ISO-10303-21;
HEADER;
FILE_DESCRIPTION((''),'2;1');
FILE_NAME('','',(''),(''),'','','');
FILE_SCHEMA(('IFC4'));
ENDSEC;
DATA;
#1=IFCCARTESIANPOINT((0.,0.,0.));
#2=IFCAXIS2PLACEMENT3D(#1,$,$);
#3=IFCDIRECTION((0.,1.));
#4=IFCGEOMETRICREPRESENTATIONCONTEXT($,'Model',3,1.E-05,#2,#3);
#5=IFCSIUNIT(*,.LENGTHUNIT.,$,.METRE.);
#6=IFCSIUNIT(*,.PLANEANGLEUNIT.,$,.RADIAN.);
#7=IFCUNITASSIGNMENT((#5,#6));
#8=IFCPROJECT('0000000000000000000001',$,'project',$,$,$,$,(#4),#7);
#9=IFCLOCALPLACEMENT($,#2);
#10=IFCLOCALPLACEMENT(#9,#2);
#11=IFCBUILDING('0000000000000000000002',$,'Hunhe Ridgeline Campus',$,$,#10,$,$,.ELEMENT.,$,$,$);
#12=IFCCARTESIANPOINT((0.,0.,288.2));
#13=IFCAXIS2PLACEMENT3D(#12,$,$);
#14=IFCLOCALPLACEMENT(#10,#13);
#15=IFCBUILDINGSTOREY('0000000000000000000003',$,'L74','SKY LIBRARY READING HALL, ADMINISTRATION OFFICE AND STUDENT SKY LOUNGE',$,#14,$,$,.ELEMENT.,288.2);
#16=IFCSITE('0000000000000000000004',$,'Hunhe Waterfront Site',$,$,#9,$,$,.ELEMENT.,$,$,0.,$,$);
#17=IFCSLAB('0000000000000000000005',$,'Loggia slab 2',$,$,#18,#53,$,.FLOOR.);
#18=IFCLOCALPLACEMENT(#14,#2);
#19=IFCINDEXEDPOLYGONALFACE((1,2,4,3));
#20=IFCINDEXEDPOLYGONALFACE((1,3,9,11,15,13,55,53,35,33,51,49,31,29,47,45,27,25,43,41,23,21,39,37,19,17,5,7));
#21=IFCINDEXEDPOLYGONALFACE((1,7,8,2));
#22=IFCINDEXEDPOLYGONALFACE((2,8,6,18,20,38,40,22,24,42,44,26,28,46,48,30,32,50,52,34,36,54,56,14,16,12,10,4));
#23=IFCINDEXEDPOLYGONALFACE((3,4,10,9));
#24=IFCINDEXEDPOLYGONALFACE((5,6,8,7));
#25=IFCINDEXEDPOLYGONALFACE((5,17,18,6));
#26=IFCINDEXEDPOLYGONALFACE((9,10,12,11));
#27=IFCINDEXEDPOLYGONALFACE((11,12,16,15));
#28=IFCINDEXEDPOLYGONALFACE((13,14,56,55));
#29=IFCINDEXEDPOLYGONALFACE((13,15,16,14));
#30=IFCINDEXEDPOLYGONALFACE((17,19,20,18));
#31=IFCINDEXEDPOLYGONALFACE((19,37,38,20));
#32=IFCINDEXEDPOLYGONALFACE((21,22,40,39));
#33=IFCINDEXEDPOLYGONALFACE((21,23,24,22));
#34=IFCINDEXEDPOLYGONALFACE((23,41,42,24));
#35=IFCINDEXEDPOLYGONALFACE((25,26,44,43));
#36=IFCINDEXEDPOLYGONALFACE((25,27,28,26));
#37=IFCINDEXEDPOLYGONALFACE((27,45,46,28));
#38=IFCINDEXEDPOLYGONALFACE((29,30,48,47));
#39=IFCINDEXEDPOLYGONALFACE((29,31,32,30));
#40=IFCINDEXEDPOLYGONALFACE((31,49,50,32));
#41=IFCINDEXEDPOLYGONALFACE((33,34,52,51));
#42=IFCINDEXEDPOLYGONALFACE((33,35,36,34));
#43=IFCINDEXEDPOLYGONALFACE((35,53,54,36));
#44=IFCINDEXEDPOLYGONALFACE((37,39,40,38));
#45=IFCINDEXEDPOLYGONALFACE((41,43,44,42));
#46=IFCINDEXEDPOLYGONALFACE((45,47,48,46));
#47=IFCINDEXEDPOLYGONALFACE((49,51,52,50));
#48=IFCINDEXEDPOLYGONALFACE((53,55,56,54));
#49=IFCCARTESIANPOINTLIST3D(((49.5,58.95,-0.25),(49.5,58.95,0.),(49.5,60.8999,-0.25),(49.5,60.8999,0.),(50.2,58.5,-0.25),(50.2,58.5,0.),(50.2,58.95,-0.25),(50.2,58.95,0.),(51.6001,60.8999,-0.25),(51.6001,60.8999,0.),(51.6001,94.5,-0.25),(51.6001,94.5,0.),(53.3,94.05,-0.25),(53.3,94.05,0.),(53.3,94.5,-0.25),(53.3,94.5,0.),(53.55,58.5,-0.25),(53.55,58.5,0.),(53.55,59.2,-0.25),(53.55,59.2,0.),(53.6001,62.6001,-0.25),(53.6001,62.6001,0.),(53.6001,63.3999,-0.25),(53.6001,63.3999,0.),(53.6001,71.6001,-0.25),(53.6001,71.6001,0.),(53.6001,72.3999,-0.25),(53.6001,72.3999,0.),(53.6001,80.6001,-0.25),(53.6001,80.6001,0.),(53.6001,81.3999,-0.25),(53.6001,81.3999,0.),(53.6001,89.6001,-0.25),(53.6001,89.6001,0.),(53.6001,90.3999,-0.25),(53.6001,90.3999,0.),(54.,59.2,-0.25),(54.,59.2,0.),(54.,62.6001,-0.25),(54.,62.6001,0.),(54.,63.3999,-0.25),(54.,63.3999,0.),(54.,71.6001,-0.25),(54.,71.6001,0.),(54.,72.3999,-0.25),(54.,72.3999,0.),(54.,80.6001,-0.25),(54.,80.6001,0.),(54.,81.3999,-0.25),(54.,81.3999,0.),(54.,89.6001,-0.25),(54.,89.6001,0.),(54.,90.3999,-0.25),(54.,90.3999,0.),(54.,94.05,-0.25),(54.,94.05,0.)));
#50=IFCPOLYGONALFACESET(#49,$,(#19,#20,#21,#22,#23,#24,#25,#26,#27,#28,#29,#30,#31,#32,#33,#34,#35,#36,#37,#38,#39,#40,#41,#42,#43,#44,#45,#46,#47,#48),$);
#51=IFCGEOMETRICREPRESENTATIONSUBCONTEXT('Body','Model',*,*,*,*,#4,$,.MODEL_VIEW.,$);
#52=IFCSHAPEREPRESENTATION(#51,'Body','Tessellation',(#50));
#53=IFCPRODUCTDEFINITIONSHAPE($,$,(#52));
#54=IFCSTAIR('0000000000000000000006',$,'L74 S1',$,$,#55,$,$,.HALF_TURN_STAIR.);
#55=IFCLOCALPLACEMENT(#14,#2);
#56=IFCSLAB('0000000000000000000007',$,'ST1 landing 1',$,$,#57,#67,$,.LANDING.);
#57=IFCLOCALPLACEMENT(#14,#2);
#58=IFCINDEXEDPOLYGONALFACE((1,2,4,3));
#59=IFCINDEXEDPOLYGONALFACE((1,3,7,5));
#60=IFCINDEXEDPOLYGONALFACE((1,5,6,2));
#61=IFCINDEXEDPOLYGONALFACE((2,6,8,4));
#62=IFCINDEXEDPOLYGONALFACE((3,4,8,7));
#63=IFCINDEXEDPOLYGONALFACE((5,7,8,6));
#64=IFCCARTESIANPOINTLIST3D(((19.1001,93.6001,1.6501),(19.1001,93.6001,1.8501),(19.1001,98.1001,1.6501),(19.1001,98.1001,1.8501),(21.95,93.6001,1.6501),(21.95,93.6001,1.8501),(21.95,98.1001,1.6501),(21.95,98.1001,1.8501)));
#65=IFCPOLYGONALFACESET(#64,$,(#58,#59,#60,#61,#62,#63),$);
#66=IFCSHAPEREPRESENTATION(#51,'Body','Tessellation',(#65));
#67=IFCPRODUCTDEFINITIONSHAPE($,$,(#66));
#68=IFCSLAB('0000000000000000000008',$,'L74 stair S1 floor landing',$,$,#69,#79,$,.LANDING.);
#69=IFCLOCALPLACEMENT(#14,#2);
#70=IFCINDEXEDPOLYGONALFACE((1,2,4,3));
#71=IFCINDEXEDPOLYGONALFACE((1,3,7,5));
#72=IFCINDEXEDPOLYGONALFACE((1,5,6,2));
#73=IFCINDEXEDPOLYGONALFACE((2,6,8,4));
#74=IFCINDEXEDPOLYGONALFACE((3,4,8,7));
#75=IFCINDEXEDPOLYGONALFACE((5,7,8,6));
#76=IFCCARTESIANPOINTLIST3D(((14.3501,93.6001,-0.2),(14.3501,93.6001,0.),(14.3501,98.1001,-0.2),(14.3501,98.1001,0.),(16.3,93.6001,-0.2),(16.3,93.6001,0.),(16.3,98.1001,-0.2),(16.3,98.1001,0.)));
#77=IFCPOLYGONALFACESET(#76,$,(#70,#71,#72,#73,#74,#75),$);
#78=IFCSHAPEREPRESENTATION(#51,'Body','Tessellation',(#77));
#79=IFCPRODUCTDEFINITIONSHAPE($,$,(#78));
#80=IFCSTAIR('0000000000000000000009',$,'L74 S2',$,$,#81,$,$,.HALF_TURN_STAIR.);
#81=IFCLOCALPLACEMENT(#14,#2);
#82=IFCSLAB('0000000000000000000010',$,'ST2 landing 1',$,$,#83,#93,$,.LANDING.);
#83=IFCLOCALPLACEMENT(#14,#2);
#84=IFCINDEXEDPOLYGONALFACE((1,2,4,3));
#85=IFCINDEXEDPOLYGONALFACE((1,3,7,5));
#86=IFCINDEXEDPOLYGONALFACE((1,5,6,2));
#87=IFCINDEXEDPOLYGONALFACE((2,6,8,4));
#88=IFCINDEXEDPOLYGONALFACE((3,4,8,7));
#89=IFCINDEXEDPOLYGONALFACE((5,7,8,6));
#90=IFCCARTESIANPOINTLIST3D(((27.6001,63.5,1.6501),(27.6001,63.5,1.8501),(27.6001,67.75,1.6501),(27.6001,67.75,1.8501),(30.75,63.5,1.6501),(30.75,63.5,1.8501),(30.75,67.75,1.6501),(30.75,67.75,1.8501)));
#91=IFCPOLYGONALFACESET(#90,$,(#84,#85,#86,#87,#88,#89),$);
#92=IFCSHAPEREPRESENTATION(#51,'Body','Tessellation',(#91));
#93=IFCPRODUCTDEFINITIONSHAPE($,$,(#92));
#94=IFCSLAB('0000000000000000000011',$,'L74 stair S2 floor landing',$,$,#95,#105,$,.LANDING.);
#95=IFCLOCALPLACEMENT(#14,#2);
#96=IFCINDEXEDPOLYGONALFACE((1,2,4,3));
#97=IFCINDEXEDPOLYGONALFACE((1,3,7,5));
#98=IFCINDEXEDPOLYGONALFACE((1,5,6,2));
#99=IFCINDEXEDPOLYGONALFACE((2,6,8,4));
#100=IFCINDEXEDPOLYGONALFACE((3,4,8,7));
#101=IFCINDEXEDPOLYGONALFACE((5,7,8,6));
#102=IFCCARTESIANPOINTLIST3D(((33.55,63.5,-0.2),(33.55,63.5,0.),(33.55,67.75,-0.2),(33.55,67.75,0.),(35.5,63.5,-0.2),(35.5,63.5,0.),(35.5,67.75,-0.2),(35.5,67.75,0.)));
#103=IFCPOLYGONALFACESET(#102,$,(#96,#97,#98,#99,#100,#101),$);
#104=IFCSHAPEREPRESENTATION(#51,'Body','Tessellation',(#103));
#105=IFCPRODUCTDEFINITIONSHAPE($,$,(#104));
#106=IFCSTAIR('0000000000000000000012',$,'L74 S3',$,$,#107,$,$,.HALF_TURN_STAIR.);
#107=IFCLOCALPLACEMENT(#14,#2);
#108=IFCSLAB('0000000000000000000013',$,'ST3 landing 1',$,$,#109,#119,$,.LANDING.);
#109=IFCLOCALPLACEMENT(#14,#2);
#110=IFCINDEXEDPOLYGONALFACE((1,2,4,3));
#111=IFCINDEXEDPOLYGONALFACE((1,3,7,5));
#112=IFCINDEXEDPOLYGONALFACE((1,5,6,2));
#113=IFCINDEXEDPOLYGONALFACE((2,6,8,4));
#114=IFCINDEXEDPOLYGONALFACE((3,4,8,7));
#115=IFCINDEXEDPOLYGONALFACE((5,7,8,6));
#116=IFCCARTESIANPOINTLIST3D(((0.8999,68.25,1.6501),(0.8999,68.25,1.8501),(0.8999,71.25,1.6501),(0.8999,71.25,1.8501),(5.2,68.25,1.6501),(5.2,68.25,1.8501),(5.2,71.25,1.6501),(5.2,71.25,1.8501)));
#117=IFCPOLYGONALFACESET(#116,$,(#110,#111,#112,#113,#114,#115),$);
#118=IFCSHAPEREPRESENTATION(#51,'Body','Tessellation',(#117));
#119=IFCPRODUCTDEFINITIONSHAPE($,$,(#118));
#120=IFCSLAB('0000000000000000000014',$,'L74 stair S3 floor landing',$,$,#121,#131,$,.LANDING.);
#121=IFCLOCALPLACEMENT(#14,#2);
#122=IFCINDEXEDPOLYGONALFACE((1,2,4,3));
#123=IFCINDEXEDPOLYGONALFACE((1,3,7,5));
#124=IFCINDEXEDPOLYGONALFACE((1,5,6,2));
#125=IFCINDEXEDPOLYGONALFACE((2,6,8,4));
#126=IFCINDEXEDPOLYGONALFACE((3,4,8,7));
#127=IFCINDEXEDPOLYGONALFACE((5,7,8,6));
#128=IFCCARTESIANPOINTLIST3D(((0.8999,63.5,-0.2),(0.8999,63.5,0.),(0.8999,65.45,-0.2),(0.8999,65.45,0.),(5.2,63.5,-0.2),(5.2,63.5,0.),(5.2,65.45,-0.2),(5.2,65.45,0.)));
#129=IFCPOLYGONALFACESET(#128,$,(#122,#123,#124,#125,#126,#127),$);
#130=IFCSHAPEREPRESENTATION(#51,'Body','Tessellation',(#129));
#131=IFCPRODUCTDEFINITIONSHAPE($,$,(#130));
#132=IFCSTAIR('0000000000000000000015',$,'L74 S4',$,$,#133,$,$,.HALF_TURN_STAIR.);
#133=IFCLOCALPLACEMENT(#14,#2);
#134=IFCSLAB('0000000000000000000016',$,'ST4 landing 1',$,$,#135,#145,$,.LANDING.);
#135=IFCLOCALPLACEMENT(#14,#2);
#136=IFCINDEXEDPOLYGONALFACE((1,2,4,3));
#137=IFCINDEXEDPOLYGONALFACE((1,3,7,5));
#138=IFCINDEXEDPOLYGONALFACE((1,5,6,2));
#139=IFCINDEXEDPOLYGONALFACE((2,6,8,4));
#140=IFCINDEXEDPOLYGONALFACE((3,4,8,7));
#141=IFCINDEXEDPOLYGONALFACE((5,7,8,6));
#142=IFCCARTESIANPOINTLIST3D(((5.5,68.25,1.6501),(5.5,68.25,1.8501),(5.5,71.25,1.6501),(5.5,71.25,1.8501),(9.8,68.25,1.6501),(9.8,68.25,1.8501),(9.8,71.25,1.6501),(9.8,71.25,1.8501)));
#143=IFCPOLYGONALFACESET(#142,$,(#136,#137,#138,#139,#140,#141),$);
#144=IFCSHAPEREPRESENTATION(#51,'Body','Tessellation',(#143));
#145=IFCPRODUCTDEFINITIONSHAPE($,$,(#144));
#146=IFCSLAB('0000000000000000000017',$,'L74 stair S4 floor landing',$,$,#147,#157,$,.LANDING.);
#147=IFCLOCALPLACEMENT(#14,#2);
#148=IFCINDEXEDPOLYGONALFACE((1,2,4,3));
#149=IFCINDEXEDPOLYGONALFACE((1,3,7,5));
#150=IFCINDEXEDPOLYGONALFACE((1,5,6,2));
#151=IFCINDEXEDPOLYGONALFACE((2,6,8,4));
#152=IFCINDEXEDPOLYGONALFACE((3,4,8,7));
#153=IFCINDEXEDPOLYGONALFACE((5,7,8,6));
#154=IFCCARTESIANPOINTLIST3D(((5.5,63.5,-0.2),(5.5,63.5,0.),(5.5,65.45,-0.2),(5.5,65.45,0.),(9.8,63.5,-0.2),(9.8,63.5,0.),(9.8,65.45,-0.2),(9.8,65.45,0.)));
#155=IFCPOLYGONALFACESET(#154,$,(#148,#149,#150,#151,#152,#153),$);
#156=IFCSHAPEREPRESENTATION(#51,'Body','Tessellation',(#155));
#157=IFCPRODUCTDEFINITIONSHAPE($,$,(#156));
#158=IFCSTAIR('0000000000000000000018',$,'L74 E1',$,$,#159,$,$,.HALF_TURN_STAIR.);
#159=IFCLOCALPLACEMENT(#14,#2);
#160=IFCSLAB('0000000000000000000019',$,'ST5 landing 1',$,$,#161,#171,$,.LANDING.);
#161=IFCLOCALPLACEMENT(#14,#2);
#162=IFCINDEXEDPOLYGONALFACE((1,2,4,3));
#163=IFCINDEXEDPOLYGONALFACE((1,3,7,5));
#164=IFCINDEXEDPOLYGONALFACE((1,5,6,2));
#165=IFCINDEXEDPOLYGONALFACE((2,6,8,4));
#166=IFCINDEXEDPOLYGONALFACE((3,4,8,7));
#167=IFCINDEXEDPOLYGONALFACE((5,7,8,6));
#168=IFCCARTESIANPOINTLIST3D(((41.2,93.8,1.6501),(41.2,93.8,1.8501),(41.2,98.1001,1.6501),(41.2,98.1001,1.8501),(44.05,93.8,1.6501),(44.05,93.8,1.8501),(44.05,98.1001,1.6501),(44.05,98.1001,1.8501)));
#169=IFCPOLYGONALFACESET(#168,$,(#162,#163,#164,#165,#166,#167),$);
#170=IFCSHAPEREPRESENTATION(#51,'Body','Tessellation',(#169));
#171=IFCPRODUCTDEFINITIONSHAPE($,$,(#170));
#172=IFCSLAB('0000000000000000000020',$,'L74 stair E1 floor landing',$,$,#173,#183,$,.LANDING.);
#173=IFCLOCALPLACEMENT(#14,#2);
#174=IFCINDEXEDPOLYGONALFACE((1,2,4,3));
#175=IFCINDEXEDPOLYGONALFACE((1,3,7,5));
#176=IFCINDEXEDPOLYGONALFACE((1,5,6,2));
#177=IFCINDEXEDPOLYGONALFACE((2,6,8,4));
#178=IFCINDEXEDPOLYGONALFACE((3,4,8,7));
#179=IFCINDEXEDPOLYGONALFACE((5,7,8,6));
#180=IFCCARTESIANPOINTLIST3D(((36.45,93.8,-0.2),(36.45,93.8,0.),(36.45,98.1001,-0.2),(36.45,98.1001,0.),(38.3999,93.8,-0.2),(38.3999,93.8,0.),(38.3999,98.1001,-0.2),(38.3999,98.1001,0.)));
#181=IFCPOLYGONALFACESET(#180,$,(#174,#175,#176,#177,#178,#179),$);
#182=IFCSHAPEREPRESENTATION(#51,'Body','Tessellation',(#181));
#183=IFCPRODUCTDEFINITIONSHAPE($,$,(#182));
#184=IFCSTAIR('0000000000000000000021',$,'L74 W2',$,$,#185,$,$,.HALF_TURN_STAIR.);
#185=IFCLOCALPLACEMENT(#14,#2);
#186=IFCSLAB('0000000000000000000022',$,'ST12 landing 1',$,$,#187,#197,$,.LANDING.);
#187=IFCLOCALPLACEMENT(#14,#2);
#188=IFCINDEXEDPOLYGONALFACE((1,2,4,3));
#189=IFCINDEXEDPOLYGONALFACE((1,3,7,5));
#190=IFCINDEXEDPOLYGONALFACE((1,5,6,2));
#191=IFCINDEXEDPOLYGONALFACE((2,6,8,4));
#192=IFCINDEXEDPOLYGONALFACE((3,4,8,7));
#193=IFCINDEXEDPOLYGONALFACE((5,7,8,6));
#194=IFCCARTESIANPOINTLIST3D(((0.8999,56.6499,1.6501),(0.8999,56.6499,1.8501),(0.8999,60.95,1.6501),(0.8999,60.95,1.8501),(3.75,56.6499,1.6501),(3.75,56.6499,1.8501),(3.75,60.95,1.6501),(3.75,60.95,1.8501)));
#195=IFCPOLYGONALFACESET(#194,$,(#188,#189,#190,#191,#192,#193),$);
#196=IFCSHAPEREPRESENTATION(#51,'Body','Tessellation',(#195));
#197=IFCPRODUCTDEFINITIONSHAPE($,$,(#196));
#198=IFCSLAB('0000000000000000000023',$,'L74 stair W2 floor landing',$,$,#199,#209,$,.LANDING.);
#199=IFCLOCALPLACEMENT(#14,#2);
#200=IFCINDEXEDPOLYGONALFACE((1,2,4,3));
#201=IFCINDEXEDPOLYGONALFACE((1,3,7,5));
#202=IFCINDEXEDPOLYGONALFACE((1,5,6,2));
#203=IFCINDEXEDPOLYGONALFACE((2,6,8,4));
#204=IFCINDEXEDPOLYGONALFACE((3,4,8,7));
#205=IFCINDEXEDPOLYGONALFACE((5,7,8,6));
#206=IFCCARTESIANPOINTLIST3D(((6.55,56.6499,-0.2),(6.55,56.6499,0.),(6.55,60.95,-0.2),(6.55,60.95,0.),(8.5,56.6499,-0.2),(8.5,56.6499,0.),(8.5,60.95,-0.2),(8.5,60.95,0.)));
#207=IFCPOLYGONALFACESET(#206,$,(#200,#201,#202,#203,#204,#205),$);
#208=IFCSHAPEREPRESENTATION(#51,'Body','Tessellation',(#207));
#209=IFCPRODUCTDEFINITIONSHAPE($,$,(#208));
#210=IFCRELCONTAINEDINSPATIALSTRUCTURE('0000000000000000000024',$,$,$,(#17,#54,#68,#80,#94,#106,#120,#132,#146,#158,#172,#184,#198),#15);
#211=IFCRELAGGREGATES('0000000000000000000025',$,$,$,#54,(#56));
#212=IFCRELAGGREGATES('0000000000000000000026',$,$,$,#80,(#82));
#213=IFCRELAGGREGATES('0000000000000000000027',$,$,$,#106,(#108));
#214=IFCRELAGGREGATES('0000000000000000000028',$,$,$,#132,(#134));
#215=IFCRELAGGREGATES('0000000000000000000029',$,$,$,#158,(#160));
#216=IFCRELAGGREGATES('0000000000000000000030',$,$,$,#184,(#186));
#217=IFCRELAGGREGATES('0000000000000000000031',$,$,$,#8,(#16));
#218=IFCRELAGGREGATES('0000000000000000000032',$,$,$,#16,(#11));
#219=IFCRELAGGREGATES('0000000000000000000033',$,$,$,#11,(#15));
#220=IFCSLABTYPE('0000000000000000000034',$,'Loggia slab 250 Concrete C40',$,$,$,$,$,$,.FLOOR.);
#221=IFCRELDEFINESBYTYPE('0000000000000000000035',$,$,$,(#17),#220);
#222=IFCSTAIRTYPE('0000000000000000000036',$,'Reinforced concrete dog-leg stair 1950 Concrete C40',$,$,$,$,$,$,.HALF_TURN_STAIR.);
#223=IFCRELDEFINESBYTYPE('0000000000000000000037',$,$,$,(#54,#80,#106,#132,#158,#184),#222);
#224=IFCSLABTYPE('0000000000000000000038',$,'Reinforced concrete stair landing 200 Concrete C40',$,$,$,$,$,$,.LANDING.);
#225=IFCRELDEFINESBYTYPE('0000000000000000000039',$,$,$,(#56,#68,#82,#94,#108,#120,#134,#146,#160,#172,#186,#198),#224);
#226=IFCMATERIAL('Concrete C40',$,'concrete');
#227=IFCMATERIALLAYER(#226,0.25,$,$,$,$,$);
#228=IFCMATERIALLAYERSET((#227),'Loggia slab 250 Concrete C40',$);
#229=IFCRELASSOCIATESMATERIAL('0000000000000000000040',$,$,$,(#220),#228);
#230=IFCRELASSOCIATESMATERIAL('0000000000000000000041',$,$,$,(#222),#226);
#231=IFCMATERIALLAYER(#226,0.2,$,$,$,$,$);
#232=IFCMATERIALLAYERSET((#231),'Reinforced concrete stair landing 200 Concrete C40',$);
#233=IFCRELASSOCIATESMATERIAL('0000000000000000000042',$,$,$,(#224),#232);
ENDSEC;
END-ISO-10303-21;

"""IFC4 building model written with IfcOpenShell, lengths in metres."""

from ifc_helpers import new_model, si_unit, direction, frame, origin, place, context, subcontext, project, spatial, polyline, outline, extrude, material, layer, layer_set, type_object, element, aggregate, save


model = new_model("IFC4")

# Units and contexts
model_context = context("Model", 3, precision=1e-05, world=origin(), true_north=direction((0.0, 1.0)))
body_context = subcontext(model_context, "Body", "Model", "MODEL_VIEW")
ifc_project = project(units=[si_unit("LENGTHUNIT", "METRE"), si_unit("PLANEANGLEUNIT", "RADIAN")], contexts=[model_context])

# Site, building, storey
site_placement = place(None, origin())
site = spatial("IfcSite", under=ifc_project, at=site_placement, Name="Hunhe Waterfront Site", CompositionType="ELEMENT", RefElevation=0.0)
building_placement = place(site_placement, origin())
building = spatial("IfcBuilding", under=site, at=building_placement, Name="Hunhe Ridgeline Campus", CompositionType="ELEMENT")
storey_placement = place(building_placement, frame((0.0, 0.0, 288.2)))
storey = spatial("IfcBuildingStorey", under=building, at=storey_placement, Name="L74", Description="SKY LIBRARY READING HALL, ADMINISTRATION OFFICE AND STUDENT SKY LOUNGE", CompositionType="ELEMENT", Elevation=288.2)

# Slab
ifc_material_1 = material(Name="Concrete C40", Category="concrete")
ifc_layer_1 = layer(ifc_material_1, 0.25)
ifc_layer_set_1 = layer_set([ifc_layer_1], Name="Loggia slab 250 Concrete C40")
slab_type_1 = type_object("IfcSlabType", Name="Loggia slab 250 Concrete C40", PredefinedType="FLOOR", material=ifc_layer_set_1)
slab_1_placement = place(storey_placement, frame((0.0, 0.0, -0.25)))
element("IfcSlab", 1, at=slab_1_placement, inside=storey, type_object=slab_type_1, Name="Loggia slab 2", PredefinedType="FLOOR", context=body_context, shape_type="SweptSolid", body=[
    extrude(outline(polyline([(49.5, 58.95), (50.2, 58.95), (50.2, 58.5), (53.55, 58.5), (53.55, 59.2), (54.0, 59.2), (54.0, 62.6001), (53.6001, 62.6001), (53.6001, 63.3999), (54.0, 63.3999), (54.0, 71.6001), (53.6001, 71.6001), (53.6001, 72.3999), (54.0, 72.3999), (54.0, 80.6001), (53.6001, 80.6001), (53.6001, 81.3999), (54.0, 81.3999), (54.0, 89.6001), (53.6001, 89.6001), (53.6001, 90.3999), (54.0, 90.3999), (54.0, 94.05), (53.3, 94.05), (53.3, 94.5), (51.6001, 94.5), (51.6001, 60.8999), (49.5, 60.8999), (49.5, 58.95)])), origin(), (0.0, 0.0, 1.0), 0.25),
])

# Stair, slab
stair_type = type_object("IfcStairType", Name="Reinforced concrete dog-leg stair 1950 Concrete C40", PredefinedType="HALF_TURN_STAIR", material=ifc_material_1)
stair_1_placement = place(storey_placement, origin())
stair_1 = element("IfcStair", 2, at=stair_1_placement, inside=storey, type_object=stair_type, Name="L74 S1", PredefinedType="HALF_TURN_STAIR")
ifc_layer_2 = layer(ifc_material_1, 0.2)
ifc_layer_set_2 = layer_set([ifc_layer_2], Name="Reinforced concrete stair landing 200 Concrete C40")
slab_type_2 = type_object("IfcSlabType", Name="Reinforced concrete stair landing 200 Concrete C40", PredefinedType="LANDING", material=ifc_layer_set_2)
slab_2_placement = place(storey_placement, frame((0.0, 0.0, 1.6501)))
slab_2 = element("IfcSlab", 3, at=slab_2_placement, type_object=slab_type_2, Name="ST1 landing 1", PredefinedType="LANDING", context=body_context, shape_type="SweptSolid", body=[
    extrude(outline(polyline([(19.1001, 93.6001), (21.95, 93.6001), (21.95, 98.1001), (19.1001, 98.1001), (19.1001, 93.6001)])), origin(), (0.0, 0.0, 1.0), 0.2),
])
aggregate(stair_1, [slab_2])

# Slab
slab_3_placement = place(storey_placement, frame((0.0, 0.0, -0.2)))
element("IfcSlab", 4, at=slab_3_placement, inside=storey, type_object=slab_type_2, Name="L74 stair S1 floor landing", PredefinedType="LANDING", context=body_context, shape_type="SweptSolid", body=[
    extrude(outline(polyline([(14.3501, 93.6001), (16.3, 93.6001), (16.3, 98.1001), (14.3501, 98.1001), (14.3501, 93.6001)])), origin(), (0.0, 0.0, 1.0), 0.2),
])

# Stair, slab
stair_2_placement = place(storey_placement, origin())
stair_2 = element("IfcStair", 5, at=stair_2_placement, inside=storey, type_object=stair_type, Name="L74 S2", PredefinedType="HALF_TURN_STAIR")
slab_4_placement = place(storey_placement, frame((0.0, 0.0, 1.6501)))
slab_4 = element("IfcSlab", 6, at=slab_4_placement, type_object=slab_type_2, Name="ST2 landing 1", PredefinedType="LANDING", context=body_context, shape_type="SweptSolid", body=[
    extrude(outline(polyline([(30.75, 67.75), (27.6001, 67.75), (27.6001, 63.5), (30.75, 63.5), (30.75, 67.75)])), origin(), (0.0, 0.0, 1.0), 0.2),
])
aggregate(stair_2, [slab_4])

# Slab
slab_5_placement = place(storey_placement, frame((0.0, 0.0, -0.2)))
element("IfcSlab", 7, at=slab_5_placement, inside=storey, type_object=slab_type_2, Name="L74 stair S2 floor landing", PredefinedType="LANDING", context=body_context, shape_type="SweptSolid", body=[
    extrude(outline(polyline([(35.5, 67.75), (33.55, 67.75), (33.55, 63.5), (35.5, 63.5), (35.5, 67.75)])), origin(), (0.0, 0.0, 1.0), 0.2),
])

# Stair, slab
stair_3_placement = place(storey_placement, origin())
stair_3 = element("IfcStair", 8, at=stair_3_placement, inside=storey, type_object=stair_type, Name="L74 S3", PredefinedType="HALF_TURN_STAIR")
slab_6_placement = place(storey_placement, frame((0.0, 0.0, 1.6501)))
slab_6 = element("IfcSlab", 9, at=slab_6_placement, type_object=slab_type_2, Name="ST3 landing 1", PredefinedType="LANDING", context=body_context, shape_type="SweptSolid", body=[
    extrude(outline(polyline([(5.2, 68.25), (5.2, 71.25), (0.8999, 71.25), (0.8999, 68.25), (5.2, 68.25)])), origin(), (0.0, 0.0, 1.0), 0.2),
])
aggregate(stair_3, [slab_6])

# Slab
slab_7_placement = place(storey_placement, frame((0.0, 0.0, -0.2)))
element("IfcSlab", 10, at=slab_7_placement, inside=storey, type_object=slab_type_2, Name="L74 stair S3 floor landing", PredefinedType="LANDING", context=body_context, shape_type="SweptSolid", body=[
    extrude(outline(polyline([(5.2, 63.5), (5.2, 65.45), (0.8999, 65.45), (0.8999, 63.5), (5.2, 63.5)])), origin(), (0.0, 0.0, 1.0), 0.2),
])

# Stair, slab
stair_4_placement = place(storey_placement, origin())
stair_4 = element("IfcStair", 11, at=stair_4_placement, inside=storey, type_object=stair_type, Name="L74 S4", PredefinedType="HALF_TURN_STAIR")
slab_8_placement = place(storey_placement, frame((0.0, 0.0, 1.6501)))
slab_8 = element("IfcSlab", 12, at=slab_8_placement, type_object=slab_type_2, Name="ST4 landing 1", PredefinedType="LANDING", context=body_context, shape_type="SweptSolid", body=[
    extrude(outline(polyline([(9.8, 68.25), (9.8, 71.25), (5.5, 71.25), (5.5, 68.25), (9.8, 68.25)])), origin(), (0.0, 0.0, 1.0), 0.2),
])
aggregate(stair_4, [slab_8])

# Slab
slab_9_placement = place(storey_placement, frame((0.0, 0.0, -0.2)))
element("IfcSlab", 13, at=slab_9_placement, inside=storey, type_object=slab_type_2, Name="L74 stair S4 floor landing", PredefinedType="LANDING", context=body_context, shape_type="SweptSolid", body=[
    extrude(outline(polyline([(9.8, 63.5), (9.8, 65.45), (5.5, 65.45), (5.5, 63.5), (9.8, 63.5)])), origin(), (0.0, 0.0, 1.0), 0.2),
])

# Stair, slab
stair_5_placement = place(storey_placement, origin())
stair_5 = element("IfcStair", 14, at=stair_5_placement, inside=storey, type_object=stair_type, Name="L74 E1", PredefinedType="HALF_TURN_STAIR")
slab_10_placement = place(storey_placement, frame((0.0, 0.0, 1.6501)))
slab_10 = element("IfcSlab", 15, at=slab_10_placement, type_object=slab_type_2, Name="ST5 landing 1", PredefinedType="LANDING", context=body_context, shape_type="SweptSolid", body=[
    extrude(outline(polyline([(41.2, 93.8), (44.05, 93.8), (44.05, 98.1001), (41.2, 98.1001), (41.2, 93.8)])), origin(), (0.0, 0.0, 1.0), 0.2),
])
aggregate(stair_5, [slab_10])

# Slab
slab_11_placement = place(storey_placement, frame((0.0, 0.0, -0.2)))
element("IfcSlab", 16, at=slab_11_placement, inside=storey, type_object=slab_type_2, Name="L74 stair E1 floor landing", PredefinedType="LANDING", context=body_context, shape_type="SweptSolid", body=[
    extrude(outline(polyline([(36.45, 93.8), (38.3999, 93.8), (38.3999, 98.1001), (36.45, 98.1001), (36.45, 93.8)])), origin(), (0.0, 0.0, 1.0), 0.2),
])

# Stair, slab
stair_6_placement = place(storey_placement, origin())
stair_6 = element("IfcStair", 17, at=stair_6_placement, inside=storey, type_object=stair_type, Name="L74 W2", PredefinedType="HALF_TURN_STAIR")
slab_12_placement = place(storey_placement, frame((0.0, 0.0, 1.6501)))
slab_12 = element("IfcSlab", 18, at=slab_12_placement, type_object=slab_type_2, Name="ST12 landing 1", PredefinedType="LANDING", context=body_context, shape_type="SweptSolid", body=[
    extrude(outline(polyline([(3.75, 60.95), (0.8999, 60.95), (0.8999, 56.6499), (3.75, 56.6499), (3.75, 60.95)])), origin(), (0.0, 0.0, 1.0), 0.2),
])
aggregate(stair_6, [slab_12])

# Slab
slab_13_placement = place(storey_placement, frame((0.0, 0.0, -0.2)))
element("IfcSlab", 19, at=slab_13_placement, inside=storey, type_object=slab_type_2, Name="L74 stair W2 floor landing", PredefinedType="LANDING", context=body_context, shape_type="SweptSolid", body=[
    extrude(outline(polyline([(8.5, 60.95), (6.55, 60.95), (6.55, 56.6499), (8.5, 56.6499), (8.5, 60.95)])), origin(), (0.0, 0.0, 1.0), 0.2),
])

save(model, "model.ifc")
